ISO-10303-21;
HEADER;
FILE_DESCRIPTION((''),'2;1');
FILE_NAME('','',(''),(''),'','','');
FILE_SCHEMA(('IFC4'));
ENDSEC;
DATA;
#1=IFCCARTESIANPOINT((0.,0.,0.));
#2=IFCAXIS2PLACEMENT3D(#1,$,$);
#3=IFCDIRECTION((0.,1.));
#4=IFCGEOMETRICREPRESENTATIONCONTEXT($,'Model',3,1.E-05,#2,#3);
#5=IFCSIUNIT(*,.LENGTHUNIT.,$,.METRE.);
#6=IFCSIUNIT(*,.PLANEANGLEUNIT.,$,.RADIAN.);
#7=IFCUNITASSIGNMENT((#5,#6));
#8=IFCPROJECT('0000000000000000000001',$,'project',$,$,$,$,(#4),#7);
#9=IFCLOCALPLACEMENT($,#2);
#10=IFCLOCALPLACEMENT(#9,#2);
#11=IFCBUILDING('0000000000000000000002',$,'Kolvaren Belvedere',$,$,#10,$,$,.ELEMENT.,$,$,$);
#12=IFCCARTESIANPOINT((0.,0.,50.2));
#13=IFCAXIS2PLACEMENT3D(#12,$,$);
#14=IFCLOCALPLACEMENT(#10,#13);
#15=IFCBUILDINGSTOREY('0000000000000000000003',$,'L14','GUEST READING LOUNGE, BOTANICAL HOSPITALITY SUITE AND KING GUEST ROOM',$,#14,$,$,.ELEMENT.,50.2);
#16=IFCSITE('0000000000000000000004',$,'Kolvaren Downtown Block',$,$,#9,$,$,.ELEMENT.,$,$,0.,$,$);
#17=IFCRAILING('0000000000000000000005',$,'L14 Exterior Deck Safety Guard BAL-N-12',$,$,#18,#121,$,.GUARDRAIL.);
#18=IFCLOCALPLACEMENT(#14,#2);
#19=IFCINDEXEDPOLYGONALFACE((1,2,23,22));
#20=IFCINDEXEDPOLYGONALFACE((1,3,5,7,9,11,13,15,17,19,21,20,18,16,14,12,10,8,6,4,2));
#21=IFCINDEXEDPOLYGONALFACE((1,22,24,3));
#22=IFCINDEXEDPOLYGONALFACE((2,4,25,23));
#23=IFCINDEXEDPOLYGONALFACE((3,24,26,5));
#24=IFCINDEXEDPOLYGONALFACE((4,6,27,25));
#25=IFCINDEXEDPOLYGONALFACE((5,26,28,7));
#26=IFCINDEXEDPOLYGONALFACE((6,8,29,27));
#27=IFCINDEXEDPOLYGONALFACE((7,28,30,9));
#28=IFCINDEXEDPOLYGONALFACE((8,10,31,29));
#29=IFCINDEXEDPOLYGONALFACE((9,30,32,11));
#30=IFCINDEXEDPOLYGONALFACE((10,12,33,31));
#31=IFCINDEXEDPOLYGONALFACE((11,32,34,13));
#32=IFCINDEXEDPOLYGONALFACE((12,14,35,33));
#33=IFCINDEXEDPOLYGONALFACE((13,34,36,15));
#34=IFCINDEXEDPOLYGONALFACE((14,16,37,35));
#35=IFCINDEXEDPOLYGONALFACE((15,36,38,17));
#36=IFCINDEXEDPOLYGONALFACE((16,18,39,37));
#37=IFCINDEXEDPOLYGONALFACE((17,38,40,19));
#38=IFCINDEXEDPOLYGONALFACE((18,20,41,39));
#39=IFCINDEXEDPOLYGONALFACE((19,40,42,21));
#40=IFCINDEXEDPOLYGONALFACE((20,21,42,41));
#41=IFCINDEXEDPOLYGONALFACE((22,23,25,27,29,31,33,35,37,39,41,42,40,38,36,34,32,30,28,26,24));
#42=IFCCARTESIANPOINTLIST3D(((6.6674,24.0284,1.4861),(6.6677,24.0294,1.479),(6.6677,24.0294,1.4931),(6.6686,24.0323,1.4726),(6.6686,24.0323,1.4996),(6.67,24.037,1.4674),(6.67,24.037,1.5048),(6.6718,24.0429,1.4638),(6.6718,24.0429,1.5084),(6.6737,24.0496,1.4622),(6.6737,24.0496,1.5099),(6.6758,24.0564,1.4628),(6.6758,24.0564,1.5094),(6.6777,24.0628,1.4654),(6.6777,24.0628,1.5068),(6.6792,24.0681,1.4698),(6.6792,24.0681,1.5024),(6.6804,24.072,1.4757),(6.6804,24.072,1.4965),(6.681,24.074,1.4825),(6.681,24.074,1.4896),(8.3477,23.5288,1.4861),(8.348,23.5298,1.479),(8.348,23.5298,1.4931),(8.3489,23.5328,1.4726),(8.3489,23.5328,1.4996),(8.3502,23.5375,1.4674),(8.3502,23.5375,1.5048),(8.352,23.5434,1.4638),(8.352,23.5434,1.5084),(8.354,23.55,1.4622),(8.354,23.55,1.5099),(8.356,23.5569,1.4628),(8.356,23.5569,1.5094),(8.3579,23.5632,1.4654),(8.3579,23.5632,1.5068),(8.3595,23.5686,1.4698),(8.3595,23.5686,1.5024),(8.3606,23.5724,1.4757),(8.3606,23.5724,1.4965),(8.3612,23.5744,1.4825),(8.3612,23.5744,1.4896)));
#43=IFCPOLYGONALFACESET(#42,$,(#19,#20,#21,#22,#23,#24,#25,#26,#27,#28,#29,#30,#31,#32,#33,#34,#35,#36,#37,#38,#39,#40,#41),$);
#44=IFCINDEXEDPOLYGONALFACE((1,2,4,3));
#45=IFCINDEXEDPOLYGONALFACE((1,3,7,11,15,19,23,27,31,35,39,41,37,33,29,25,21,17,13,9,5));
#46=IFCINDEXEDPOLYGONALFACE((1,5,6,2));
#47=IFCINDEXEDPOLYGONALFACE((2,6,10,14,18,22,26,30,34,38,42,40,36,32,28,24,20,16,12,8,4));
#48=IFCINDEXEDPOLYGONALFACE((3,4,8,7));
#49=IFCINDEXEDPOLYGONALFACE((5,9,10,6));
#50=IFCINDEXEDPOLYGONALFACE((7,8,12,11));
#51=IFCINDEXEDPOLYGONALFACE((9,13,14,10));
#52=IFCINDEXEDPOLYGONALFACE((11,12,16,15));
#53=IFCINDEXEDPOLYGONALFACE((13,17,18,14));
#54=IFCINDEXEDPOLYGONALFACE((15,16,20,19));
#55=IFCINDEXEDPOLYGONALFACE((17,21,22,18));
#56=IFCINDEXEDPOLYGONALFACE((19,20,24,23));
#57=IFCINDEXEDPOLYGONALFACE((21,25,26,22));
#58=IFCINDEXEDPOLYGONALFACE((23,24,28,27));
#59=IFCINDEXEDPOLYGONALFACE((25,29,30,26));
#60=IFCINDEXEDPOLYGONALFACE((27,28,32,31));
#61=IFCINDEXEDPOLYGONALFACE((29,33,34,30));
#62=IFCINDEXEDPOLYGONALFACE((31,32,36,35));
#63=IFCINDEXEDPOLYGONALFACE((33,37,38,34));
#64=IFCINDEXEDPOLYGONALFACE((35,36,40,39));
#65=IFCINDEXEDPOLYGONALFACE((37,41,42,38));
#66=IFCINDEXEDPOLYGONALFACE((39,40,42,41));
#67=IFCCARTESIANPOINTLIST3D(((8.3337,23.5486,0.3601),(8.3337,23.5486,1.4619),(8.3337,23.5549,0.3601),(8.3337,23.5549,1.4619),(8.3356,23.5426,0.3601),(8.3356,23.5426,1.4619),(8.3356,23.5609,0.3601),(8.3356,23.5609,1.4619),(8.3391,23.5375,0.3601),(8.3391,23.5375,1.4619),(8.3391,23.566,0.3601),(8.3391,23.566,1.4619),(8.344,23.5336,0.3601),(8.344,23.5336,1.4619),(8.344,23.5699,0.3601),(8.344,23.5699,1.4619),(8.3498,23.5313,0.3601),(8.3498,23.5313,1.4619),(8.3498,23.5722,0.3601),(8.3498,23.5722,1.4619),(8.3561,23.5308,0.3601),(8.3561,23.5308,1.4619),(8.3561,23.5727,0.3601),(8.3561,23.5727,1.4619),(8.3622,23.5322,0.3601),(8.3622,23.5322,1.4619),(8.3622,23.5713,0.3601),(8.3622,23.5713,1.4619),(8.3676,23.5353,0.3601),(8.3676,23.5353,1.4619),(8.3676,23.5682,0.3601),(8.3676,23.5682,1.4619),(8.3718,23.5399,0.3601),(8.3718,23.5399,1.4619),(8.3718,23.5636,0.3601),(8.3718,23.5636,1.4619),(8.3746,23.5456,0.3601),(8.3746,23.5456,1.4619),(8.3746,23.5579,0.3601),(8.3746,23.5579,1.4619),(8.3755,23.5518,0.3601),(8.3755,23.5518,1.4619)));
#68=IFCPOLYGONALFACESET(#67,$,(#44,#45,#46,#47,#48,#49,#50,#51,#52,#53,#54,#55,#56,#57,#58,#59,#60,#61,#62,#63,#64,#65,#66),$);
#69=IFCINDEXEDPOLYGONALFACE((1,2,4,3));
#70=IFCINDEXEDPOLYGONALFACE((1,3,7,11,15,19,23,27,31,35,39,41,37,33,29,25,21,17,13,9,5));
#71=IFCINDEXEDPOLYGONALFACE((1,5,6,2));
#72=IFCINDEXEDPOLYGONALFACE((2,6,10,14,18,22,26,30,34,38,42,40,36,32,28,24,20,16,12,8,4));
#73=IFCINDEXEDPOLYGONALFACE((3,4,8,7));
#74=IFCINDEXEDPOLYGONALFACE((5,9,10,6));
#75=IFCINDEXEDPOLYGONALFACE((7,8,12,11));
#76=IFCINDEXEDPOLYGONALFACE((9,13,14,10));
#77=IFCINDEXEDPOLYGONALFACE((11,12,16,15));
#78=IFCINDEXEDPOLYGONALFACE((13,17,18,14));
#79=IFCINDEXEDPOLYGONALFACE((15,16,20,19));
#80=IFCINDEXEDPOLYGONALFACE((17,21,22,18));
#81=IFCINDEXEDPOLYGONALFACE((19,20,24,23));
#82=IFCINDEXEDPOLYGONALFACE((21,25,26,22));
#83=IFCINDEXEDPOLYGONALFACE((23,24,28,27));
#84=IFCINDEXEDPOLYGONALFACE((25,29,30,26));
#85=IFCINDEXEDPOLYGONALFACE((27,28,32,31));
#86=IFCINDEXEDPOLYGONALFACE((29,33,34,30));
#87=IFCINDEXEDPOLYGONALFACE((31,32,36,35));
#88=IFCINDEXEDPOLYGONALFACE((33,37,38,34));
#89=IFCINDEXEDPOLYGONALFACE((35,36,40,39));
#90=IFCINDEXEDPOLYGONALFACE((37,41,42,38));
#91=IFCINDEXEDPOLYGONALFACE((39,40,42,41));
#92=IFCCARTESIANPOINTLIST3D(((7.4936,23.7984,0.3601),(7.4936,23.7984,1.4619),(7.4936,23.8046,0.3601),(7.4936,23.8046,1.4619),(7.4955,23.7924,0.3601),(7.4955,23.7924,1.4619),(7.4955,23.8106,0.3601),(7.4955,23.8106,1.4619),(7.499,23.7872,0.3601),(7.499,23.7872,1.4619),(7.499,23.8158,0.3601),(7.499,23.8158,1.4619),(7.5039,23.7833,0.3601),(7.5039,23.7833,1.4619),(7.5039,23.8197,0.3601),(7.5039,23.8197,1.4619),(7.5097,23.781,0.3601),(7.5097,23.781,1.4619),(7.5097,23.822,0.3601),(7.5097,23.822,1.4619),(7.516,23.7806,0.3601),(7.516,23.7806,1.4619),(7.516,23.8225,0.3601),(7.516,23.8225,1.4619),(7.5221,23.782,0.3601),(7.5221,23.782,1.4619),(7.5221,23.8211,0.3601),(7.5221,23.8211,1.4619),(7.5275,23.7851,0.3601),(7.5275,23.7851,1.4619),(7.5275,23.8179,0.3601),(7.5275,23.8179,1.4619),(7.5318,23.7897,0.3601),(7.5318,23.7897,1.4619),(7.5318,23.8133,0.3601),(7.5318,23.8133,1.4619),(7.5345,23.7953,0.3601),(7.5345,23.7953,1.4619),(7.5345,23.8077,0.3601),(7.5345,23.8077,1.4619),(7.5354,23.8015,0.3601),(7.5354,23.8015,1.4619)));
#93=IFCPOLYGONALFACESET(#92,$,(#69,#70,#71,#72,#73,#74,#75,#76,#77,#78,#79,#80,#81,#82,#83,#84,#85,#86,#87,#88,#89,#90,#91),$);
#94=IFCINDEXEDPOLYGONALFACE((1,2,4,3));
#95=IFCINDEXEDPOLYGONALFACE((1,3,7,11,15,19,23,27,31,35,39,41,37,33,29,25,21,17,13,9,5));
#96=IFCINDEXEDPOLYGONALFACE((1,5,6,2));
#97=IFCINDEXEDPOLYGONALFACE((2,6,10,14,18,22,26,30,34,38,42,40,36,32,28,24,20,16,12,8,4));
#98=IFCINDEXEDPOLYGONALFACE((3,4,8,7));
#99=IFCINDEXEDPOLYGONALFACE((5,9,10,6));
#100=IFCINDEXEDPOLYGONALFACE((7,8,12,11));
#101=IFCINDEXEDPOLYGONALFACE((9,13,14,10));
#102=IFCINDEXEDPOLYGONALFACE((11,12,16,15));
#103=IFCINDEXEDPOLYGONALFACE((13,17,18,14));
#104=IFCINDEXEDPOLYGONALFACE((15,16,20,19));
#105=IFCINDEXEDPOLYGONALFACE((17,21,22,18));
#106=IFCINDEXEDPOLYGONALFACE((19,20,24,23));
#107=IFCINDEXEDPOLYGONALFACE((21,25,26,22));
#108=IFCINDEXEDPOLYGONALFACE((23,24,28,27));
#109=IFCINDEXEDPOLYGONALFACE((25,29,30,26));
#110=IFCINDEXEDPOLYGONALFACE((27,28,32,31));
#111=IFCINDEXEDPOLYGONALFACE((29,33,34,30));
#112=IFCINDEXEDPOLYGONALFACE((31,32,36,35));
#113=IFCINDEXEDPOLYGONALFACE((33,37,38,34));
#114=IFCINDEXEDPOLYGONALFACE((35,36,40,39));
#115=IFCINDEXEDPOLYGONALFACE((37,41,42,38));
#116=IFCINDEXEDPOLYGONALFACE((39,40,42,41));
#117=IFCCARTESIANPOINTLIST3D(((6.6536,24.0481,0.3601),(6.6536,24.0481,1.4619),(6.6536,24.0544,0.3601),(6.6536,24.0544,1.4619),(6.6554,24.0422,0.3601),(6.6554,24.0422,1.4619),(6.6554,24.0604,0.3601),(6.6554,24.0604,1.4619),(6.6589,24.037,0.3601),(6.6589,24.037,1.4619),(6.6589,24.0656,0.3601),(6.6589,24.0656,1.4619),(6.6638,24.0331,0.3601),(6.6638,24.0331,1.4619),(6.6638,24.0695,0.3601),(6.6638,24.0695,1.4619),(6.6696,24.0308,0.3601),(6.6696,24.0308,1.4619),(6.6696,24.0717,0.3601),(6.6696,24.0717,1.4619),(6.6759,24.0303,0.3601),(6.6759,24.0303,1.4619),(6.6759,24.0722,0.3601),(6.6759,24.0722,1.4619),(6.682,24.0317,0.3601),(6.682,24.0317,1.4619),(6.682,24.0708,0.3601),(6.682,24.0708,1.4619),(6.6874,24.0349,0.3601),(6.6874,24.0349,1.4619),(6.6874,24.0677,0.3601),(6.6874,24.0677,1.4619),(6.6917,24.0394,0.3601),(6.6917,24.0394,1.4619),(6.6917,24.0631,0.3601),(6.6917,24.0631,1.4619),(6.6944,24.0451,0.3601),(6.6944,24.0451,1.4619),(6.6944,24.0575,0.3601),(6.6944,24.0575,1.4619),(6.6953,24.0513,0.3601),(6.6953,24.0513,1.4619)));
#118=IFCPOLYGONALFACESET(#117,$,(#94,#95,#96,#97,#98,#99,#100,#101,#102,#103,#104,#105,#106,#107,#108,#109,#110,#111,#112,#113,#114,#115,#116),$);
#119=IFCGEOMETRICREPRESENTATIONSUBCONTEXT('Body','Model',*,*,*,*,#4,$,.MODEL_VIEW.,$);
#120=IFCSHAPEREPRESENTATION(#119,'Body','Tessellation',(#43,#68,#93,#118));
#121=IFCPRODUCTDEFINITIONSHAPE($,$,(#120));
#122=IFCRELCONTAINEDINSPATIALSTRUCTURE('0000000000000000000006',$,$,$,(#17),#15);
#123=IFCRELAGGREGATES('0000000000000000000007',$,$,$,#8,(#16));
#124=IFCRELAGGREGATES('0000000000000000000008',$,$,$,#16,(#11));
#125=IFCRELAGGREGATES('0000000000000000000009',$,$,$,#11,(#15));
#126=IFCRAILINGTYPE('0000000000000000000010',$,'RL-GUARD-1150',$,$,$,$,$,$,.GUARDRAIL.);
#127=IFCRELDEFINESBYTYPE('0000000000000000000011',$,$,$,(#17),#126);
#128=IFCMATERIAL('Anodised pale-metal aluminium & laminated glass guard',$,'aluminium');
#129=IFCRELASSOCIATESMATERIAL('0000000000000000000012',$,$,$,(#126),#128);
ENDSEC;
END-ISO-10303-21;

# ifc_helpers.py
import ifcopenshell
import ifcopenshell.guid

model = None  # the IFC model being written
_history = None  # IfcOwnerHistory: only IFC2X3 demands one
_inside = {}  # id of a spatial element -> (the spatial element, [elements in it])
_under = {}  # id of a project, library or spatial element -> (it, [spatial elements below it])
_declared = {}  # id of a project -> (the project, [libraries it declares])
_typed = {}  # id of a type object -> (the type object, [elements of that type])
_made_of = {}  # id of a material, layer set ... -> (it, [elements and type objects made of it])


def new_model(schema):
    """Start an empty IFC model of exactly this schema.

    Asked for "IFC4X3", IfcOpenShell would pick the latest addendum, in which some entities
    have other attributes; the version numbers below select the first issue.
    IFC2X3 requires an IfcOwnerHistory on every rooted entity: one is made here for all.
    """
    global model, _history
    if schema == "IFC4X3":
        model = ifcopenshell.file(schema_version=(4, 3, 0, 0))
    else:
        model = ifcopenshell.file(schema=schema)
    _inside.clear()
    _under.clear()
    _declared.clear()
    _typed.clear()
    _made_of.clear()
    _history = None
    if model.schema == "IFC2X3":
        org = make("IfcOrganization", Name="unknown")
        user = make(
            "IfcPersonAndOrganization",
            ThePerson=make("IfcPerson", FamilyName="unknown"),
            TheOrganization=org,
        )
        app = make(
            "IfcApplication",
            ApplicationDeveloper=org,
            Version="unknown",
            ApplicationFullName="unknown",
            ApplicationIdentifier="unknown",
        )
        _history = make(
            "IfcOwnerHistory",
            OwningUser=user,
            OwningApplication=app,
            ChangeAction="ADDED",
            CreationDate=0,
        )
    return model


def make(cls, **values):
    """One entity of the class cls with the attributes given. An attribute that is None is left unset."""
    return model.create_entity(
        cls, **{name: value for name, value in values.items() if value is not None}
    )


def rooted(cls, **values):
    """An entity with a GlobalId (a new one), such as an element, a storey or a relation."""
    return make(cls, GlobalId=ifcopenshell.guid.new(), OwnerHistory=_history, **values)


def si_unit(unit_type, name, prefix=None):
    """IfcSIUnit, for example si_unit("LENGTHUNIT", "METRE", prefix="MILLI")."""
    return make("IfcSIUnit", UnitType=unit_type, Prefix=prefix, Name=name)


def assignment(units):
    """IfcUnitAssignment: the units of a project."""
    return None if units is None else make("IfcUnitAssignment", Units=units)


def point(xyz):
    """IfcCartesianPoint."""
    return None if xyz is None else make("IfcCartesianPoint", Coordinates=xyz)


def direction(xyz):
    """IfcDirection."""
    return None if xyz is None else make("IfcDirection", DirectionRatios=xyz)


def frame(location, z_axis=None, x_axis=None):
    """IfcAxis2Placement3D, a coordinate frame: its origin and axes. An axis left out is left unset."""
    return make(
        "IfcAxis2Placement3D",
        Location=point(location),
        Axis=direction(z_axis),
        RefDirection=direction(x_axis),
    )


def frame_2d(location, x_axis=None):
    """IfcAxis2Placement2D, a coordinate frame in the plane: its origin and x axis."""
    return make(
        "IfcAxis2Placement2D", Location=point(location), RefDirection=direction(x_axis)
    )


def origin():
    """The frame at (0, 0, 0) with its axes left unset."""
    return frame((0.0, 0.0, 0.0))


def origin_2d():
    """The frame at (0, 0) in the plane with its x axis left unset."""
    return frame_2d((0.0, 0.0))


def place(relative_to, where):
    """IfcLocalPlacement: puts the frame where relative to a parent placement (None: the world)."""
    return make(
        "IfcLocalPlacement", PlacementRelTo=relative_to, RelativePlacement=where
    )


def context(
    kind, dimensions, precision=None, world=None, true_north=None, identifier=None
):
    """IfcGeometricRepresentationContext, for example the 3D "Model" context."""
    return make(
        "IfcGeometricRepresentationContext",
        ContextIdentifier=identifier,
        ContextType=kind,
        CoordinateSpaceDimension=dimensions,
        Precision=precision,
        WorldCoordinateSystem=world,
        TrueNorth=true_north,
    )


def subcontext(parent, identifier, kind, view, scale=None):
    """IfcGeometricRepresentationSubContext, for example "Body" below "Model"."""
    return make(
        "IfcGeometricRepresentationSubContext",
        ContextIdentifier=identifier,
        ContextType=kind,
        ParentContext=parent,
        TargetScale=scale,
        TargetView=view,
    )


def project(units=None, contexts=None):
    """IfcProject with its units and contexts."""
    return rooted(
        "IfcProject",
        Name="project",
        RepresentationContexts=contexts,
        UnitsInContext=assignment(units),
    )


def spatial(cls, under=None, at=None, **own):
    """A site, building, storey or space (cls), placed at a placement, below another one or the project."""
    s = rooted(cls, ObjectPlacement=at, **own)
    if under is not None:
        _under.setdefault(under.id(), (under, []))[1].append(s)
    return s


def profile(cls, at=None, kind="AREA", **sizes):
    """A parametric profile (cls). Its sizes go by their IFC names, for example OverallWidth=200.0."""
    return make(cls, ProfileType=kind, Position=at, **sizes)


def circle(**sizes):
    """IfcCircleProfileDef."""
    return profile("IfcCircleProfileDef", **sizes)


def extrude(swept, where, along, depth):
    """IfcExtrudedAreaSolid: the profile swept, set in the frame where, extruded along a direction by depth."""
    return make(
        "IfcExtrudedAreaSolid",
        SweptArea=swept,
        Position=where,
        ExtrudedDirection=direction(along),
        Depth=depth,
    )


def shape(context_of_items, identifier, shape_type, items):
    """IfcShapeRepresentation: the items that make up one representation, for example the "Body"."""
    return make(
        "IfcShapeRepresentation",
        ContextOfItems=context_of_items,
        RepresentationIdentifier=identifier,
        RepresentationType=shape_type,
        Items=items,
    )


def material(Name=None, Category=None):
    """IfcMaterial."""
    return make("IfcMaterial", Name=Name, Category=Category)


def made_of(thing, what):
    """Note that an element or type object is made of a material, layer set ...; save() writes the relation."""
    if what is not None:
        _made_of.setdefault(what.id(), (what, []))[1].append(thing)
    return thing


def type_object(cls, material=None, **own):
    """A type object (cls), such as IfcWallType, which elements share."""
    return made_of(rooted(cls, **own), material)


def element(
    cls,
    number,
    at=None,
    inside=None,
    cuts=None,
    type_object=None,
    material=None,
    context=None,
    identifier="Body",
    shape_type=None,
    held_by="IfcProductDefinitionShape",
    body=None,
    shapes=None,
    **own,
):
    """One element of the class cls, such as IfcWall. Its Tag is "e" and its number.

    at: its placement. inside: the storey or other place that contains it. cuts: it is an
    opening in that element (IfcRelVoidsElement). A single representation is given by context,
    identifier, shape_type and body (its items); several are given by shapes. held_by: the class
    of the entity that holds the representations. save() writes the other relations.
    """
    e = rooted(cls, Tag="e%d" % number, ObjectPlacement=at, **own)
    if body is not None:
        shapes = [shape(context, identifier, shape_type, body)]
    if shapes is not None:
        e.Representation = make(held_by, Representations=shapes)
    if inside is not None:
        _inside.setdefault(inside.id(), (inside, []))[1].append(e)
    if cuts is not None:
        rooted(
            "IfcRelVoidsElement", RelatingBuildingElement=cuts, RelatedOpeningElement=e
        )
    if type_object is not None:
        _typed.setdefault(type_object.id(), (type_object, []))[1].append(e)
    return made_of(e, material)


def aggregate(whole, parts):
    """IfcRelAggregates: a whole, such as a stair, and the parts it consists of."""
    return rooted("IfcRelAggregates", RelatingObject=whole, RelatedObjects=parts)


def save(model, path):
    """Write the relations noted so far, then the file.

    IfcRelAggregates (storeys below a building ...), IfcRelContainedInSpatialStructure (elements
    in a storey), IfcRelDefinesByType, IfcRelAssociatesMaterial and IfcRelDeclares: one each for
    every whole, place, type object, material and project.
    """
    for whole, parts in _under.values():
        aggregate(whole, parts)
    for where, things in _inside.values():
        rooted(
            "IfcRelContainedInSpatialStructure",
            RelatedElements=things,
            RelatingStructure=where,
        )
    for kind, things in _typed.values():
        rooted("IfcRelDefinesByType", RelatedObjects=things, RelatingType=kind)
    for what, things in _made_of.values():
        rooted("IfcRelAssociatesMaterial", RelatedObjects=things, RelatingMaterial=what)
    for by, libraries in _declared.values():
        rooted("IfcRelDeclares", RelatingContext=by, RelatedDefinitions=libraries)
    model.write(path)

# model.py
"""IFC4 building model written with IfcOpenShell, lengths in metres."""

from ifc_helpers import new_model, si_unit, direction, frame, origin, origin_2d, place, context, subcontext, project, spatial, circle, extrude, material, type_object, element, save


model = new_model("IFC4")

# Units and contexts
model_context = context("Model", 3, precision=1e-05, world=origin(), true_north=direction((0.0, 1.0)))
body_context = subcontext(model_context, "Body", "Model", "MODEL_VIEW")
ifc_project = project(units=[si_unit("LENGTHUNIT", "METRE"), si_unit("PLANEANGLEUNIT", "RADIAN")], contexts=[model_context])

# Site, building, storey
site_placement = place(None, origin())
site = spatial("IfcSite", under=ifc_project, at=site_placement, Name="Kolvaren Downtown Block", CompositionType="ELEMENT", RefElevation=0.0)
building_placement = place(site_placement, origin())
building = spatial("IfcBuilding", under=site, at=building_placement, Name="Kolvaren Belvedere", CompositionType="ELEMENT")
storey_placement = place(building_placement, frame((0.0, 0.0, 50.2)))
storey = spatial("IfcBuildingStorey", under=building, at=storey_placement, Name="L14", Description="GUEST READING LOUNGE, BOTANICAL HOSPITALITY SUITE AND KING GUEST ROOM", CompositionType="ELEMENT", Elevation=50.2)

# Railing
ifc_material_1 = material(Name="Anodised pale-metal aluminium & laminated glass guard", Category="aluminium")
railing_type = type_object("IfcRailingType", Name="RL-GUARD-1150", PredefinedType="GUARDRAIL", material=ifc_material_1)
railing_1_placement = place(storey_placement, frame((8.3545, 23.5518, 0.3601)))
element("IfcRailing", 1, at=railing_1_placement, inside=storey, type_object=railing_type, Name="L14 Exterior Deck Safety Guard BAL-N-12", PredefinedType="GUARDRAIL", context=body_context, shape_type="SweptSolid", body=[
    extrude(circle(Radius=0.0239, at=origin_2d()), frame((0.0, 0.0, 1.126), z_axis=(-0.958536, 0.28497, 0.0), x_axis=(-0.28497, -0.958536, 0.0)), (0.0, 0.0, 1.0), 1.7529),
    extrude(circle(Radius=0.021, at=origin_2d()), origin(), (0.0, 0.0, 1.0), 1.1018),
    extrude(circle(Radius=0.021, at=origin_2d()), frame((-0.8401, 0.2498, 0.0)), (0.0, 0.0, 1.0), 1.1018),
    extrude(circle(Radius=0.021, at=origin_2d()), frame((-1.6802, 0.4995, 0.0)), (0.0, 0.0, 1.0), 1.1018),
])

save(model, "model.ifc")
